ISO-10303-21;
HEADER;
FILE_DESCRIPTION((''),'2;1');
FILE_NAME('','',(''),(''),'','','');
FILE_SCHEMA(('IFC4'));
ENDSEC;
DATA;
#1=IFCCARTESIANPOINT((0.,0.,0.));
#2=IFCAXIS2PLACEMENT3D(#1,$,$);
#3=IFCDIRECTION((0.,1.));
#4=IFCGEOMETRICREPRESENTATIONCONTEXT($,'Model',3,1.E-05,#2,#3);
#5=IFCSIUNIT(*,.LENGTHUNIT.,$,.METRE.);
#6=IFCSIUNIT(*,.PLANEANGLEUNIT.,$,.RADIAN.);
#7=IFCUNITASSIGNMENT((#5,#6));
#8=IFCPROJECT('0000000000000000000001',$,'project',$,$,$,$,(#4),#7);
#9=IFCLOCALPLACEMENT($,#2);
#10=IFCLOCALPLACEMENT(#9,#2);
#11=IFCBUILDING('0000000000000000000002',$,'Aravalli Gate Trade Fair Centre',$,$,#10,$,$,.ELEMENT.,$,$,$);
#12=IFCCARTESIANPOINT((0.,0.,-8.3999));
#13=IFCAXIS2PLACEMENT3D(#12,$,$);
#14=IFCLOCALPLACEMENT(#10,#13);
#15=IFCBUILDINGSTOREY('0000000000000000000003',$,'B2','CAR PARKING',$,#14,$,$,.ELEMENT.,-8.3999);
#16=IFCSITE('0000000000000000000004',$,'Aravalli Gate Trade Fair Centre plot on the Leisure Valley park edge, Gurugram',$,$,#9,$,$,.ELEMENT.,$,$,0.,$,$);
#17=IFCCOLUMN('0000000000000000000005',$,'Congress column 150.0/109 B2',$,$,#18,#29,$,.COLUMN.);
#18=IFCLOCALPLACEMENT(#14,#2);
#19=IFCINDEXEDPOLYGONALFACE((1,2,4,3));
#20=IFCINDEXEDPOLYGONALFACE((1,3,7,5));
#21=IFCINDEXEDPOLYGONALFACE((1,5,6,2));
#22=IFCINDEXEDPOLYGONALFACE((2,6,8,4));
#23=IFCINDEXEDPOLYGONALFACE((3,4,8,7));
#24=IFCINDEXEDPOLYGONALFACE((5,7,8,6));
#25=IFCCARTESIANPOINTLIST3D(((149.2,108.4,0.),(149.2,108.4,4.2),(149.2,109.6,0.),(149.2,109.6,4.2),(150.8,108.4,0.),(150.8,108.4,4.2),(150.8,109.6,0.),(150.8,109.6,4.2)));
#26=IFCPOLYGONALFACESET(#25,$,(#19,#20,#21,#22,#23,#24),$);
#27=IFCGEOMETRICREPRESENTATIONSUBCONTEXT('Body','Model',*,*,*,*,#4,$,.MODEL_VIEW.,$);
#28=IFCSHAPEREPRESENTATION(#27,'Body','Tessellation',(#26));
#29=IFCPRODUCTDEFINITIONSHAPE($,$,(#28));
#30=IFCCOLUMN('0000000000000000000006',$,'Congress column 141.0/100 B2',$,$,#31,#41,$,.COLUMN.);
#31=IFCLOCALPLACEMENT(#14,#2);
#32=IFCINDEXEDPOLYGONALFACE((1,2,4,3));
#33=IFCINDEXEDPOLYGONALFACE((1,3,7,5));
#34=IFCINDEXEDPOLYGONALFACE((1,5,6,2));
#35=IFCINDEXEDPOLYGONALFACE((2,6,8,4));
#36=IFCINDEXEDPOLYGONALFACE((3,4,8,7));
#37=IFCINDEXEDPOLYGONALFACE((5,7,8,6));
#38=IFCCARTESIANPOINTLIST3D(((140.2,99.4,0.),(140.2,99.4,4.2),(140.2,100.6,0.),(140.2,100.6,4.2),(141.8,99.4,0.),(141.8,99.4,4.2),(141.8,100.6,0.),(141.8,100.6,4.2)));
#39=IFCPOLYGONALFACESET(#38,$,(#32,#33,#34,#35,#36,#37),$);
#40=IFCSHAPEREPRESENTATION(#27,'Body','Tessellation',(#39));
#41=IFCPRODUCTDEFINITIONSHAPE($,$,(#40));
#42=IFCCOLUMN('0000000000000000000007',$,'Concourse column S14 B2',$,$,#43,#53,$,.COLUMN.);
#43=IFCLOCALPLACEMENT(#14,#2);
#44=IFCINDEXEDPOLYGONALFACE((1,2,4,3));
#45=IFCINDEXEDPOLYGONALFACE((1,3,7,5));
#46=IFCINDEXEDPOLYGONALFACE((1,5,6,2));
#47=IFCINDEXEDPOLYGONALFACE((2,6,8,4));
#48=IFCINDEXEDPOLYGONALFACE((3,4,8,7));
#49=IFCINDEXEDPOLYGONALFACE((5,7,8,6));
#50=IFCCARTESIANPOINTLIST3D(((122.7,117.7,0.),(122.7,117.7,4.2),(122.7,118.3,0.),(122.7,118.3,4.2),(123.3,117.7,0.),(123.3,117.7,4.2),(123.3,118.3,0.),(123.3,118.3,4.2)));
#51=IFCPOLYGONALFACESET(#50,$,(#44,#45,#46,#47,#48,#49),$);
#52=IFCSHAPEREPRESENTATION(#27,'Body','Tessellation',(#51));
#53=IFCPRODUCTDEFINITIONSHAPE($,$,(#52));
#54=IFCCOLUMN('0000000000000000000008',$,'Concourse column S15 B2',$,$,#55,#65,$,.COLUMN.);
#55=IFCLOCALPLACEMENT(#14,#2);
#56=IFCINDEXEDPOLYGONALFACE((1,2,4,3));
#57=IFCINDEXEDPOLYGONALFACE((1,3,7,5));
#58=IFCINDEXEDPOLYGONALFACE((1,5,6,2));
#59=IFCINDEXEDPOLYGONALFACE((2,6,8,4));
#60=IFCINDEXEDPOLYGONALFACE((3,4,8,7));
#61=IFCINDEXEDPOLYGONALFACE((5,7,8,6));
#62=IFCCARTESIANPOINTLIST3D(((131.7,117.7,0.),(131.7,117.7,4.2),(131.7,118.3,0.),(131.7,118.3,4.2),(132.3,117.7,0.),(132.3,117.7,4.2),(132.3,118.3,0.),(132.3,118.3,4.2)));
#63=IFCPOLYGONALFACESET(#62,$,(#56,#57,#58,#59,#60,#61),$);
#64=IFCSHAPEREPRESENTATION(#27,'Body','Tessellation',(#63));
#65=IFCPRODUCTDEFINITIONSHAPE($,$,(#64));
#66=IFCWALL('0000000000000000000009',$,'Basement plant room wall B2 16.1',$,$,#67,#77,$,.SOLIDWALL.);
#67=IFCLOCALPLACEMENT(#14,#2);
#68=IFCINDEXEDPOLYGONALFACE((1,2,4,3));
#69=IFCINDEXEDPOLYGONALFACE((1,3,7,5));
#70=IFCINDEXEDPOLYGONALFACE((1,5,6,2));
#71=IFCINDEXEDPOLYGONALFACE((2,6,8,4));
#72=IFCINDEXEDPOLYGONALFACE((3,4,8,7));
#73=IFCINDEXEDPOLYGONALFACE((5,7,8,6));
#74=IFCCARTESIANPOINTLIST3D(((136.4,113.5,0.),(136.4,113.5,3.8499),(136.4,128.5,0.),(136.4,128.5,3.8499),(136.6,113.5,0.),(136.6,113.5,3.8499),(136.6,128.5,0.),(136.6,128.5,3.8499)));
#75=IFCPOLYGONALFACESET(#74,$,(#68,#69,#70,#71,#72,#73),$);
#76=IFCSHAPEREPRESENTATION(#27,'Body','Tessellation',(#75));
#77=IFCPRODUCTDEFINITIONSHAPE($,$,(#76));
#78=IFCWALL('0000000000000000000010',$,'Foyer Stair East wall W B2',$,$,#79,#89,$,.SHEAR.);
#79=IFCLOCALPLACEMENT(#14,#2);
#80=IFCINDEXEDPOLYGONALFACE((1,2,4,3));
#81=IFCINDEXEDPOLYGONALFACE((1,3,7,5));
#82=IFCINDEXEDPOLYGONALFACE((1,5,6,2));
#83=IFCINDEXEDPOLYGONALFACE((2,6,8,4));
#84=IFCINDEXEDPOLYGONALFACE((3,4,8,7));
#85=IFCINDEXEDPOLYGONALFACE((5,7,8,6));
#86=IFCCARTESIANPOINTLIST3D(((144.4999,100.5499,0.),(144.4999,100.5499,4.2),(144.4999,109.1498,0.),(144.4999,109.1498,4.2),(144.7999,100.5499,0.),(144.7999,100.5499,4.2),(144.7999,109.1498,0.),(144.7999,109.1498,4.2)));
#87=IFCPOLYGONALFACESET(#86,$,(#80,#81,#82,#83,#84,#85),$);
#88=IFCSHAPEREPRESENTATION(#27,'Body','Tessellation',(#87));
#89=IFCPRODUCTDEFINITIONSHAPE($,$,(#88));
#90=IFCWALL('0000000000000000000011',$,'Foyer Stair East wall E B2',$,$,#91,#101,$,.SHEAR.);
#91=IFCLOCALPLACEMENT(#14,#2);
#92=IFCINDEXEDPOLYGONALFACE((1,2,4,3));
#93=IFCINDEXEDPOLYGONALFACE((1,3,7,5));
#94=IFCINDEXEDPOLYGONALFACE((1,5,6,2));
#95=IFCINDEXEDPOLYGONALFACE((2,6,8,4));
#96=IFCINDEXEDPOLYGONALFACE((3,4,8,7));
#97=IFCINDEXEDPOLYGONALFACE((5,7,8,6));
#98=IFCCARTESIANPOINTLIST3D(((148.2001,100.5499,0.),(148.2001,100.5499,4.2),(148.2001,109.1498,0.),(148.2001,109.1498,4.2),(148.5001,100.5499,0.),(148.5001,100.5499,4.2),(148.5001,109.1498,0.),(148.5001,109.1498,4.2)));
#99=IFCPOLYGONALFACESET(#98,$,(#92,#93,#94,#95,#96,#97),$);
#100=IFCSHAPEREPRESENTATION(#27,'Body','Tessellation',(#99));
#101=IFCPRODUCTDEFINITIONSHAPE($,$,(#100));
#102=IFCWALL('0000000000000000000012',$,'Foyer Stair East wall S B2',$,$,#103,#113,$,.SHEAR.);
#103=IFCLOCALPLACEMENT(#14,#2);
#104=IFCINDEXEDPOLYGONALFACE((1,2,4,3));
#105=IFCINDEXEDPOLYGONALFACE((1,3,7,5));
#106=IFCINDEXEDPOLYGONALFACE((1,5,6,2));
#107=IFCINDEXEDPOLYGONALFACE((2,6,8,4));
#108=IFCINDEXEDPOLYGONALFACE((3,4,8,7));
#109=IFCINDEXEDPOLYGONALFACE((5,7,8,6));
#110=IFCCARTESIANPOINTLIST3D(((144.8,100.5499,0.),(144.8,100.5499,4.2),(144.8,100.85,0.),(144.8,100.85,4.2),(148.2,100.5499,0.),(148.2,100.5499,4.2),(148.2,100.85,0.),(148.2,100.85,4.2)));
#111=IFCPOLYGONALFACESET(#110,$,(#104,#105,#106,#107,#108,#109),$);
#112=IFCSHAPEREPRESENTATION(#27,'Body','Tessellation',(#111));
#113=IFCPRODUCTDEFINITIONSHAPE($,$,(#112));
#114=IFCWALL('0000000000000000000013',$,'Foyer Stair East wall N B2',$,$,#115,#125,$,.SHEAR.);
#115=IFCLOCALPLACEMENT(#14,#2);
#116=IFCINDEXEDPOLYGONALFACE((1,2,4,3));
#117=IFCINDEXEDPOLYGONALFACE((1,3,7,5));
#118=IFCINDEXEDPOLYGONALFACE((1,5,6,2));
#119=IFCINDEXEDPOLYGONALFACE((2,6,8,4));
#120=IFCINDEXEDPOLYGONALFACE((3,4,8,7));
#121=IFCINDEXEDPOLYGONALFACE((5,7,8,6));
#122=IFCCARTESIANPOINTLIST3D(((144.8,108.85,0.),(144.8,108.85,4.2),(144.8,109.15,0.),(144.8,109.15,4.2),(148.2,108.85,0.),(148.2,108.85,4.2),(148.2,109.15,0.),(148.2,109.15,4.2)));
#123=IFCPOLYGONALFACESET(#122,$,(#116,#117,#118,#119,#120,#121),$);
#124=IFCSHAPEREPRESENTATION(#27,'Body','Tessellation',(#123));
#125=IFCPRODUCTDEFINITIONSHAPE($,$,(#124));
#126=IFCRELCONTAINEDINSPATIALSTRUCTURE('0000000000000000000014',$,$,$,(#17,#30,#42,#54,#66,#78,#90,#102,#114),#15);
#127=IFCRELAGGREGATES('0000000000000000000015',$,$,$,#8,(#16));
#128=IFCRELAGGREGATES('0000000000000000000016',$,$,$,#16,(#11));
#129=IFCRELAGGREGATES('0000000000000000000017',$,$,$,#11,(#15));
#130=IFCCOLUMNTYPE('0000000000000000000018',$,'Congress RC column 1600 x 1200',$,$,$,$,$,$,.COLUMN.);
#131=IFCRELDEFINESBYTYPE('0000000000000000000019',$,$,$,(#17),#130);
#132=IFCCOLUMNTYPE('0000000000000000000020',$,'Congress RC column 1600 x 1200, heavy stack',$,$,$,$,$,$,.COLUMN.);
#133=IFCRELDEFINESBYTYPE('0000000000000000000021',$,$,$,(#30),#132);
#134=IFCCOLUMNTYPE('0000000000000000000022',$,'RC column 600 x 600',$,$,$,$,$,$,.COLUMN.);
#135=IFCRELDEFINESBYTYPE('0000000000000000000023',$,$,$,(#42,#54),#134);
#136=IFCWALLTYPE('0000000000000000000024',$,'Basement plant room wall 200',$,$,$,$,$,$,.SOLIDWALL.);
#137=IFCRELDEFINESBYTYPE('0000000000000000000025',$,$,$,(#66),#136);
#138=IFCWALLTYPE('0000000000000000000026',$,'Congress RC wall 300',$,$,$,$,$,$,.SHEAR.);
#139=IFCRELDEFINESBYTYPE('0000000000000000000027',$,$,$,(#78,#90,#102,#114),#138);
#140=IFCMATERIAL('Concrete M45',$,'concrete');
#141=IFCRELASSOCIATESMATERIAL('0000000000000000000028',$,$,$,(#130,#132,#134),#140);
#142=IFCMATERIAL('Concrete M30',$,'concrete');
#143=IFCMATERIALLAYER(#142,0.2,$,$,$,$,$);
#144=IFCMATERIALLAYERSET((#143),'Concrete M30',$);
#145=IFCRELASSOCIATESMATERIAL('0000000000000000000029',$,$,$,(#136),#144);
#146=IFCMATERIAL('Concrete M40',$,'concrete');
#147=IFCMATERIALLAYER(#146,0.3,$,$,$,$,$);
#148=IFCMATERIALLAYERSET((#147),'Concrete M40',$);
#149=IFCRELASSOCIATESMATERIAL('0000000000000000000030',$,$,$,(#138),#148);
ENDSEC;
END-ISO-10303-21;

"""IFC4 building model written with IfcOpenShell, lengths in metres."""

from ifc_helpers import new_model, si_unit, direction, frame, frame_2d, origin, origin_2d, place, context, subcontext, project, spatial, rectangle, extrude, material, layer, layer_set, material_profile, profile_set, type_object, element, save


model = new_model("IFC4")

# Units and contexts
model_context = context("Model", 3, precision=1e-05, world=origin(), true_north=direction((0.0, 1.0)))
body_context = subcontext(model_context, "Body", "Model", "MODEL_VIEW")
ifc_project = project(units=[si_unit("LENGTHUNIT", "METRE"), si_unit("PLANEANGLEUNIT", "RADIAN")], contexts=[model_context])

# Site, building, storey
site_placement = place(None, origin())
site = spatial("IfcSite", under=ifc_project, at=site_placement, Name="Aravalli Gate Trade Fair Centre plot on the Leisure Valley park edge, Gurugram", CompositionType="ELEMENT", RefElevation=0.0)
building_placement = place(site_placement, origin())
building = spatial("IfcBuilding", under=site, at=building_placement, Name="Aravalli Gate Trade Fair Centre", CompositionType="ELEMENT")
storey_placement = place(building_placement, frame((0.0, 0.0, -8.3999)))
storey = spatial("IfcBuildingStorey", under=building, at=storey_placement, Name="B2", Description="CAR PARKING", CompositionType="ELEMENT", Elevation=-8.3999)

# Columns
ifc_material_1 = material(Name="Concrete M45", Category="concrete")
ifc_material_profile_1 = material_profile(ifc_material_1, rectangle(XDim=1.6001, YDim=1.2, at=origin_2d()), Name="RC 1600x1200")
ifc_profile_set_1 = profile_set([ifc_material_profile_1], Name="Concrete M45")
column_type_1 = type_object("IfcColumnType", Name="Congress RC column 1600 x 1200", PredefinedType="COLUMN", material=ifc_profile_set_1)
for number, where, z_axis, x_axis, name in (
    (1, (150.0, 109.0, 0.0), (0.0, 0.0, 1.0), (1.0, 0.0, 0.0), "Congress column 150.0/109 B2"),
):
    element("IfcColumn", number, at=place(storey_placement, frame(where, z_axis=z_axis, x_axis=x_axis)), inside=storey, type_object=column_type_1, Name=name, PredefinedType="COLUMN", context=body_context, shape_type="SweptSolid", body=[
        extrude(rectangle(XDim=1.6001, YDim=1.2, at=origin_2d()), origin(), (0.0, 0.0, 1.0), 4.2),
    ])
ifc_material_profile_2 = material_profile(ifc_material_1, rectangle(XDim=1.6001, YDim=1.2, at=origin_2d()), Name="RC 1600x1200")
ifc_profile_set_2 = profile_set([ifc_material_profile_2], Name="Concrete M45")
column_type_2 = type_object("IfcColumnType", Name="Congress RC column 1600 x 1200, heavy stack", PredefinedType="COLUMN", material=ifc_profile_set_2)
column_placement = place(storey_placement, frame((141.0, 100.0, 0.0), z_axis=(0.0, 0.0, 1.0), x_axis=(1.0, 0.0, 0.0)))
element("IfcColumn", 2, at=column_placement, inside=storey, type_object=column_type_2, Name="Congress column 141.0/100 B2", PredefinedType="COLUMN", context=body_context, shape_type="SweptSolid", body=[
    extrude(rectangle(XDim=1.6001, YDim=1.2, at=origin_2d()), origin(), (0.0, 0.0, 1.0), 4.2),
])
ifc_material_profile_3 = material_profile(ifc_material_1, rectangle(XDim=0.6001, YDim=0.6001, at=origin_2d()), Name="RC column 600 x 600")
ifc_profile_set_3 = profile_set([ifc_material_profile_3], Name="Concrete M45")
column_type_3 = type_object("IfcColumnType", Name="RC column 600 x 600", PredefinedType="COLUMN", material=ifc_profile_set_3)
for number, where, z_axis, x_axis, name in (
    (3, (123.0, 118.0, 0.0), (0.0, 0.0, 1.0), (1.0, 0.0, 0.0), "Concourse column S14 B2"),
    (4, (132.0, 118.0, 0.0), (0.0, 0.0, 1.0), (1.0, 0.0, 0.0), "Concourse column S15 B2"),
):
    element("IfcColumn", number, at=place(storey_placement, frame(where, z_axis=z_axis, x_axis=x_axis)), inside=storey, type_object=column_type_3, Name=name, PredefinedType="COLUMN", context=body_context, shape_type="SweptSolid", body=[
        extrude(rectangle(XDim=0.6001, YDim=0.6001, at=origin_2d()), origin(), (0.0, 0.0, 1.0), 4.2),
    ])

# Walls
ifc_material_2 = material(Name="Concrete M30", Category="concrete")
ifc_layer_1 = layer(ifc_material_2, 0.2)
ifc_layer_set_1 = layer_set([ifc_layer_1], Name="Concrete M30")
wall_type_1 = type_object("IfcWallType", Name="Basement plant room wall 200", PredefinedType="SOLIDWALL", material=ifc_layer_set_1)
wall_placement = place(storey_placement, frame((136.5, 113.5, 0.0), z_axis=(0.0, 0.0, 1.0), x_axis=(0.0, 1.0, 0.0)))
element("IfcWall", 5, at=wall_placement, inside=storey, type_object=wall_type_1, Name="Basement plant room wall B2 16.1", PredefinedType="SOLIDWALL", context=body_context, shape_type="SweptSolid", body=[
    extrude(rectangle(XDim=15.0, YDim=0.2, at=frame_2d((7.5, 0.0))), origin(), (0.0, 0.0, 1.0), 3.8499),
])
ifc_material_3 = material(Name="Concrete M40", Category="concrete")
ifc_layer_2 = layer(ifc_material_3, 0.3)
ifc_layer_set_2 = layer_set([ifc_layer_2], Name="Concrete M40")
wall_type_2 = type_object("IfcWallType", Name="Congress RC wall 300", PredefinedType="SHEAR", material=ifc_layer_set_2)
for number, where, z_axis, x_axis, name in (
    (6, (144.6499, 100.55, 0.0), (0.0, 0.0, 1.0), (0.0, 1.0, 0.0), "Foyer Stair East wall W B2"),
    (7, (148.3501, 100.55, 0.0), (0.0, 0.0, 1.0), (0.0, 1.0, 0.0), "Foyer Stair East wall E B2"),
):
    element("IfcWall", number, at=place(storey_placement, frame(where, z_axis=z_axis, x_axis=x_axis)), inside=storey, type_object=wall_type_2, Name=name, PredefinedType="SHEAR", context=body_context, shape_type="SweptSolid", body=[
        extrude(rectangle(XDim=8.5999, YDim=0.3, at=frame_2d((4.2998, 0.0))), origin(), (0.0, 0.0, 1.0), 4.2),
    ])
for number, where, z_axis, x_axis, name in (
    (8, (144.8, 100.7, 0.0), (0.0, 0.0, 1.0), (1.0, 0.0, 0.0), "Foyer Stair East wall S B2"),
    (9, (144.8, 109.0, 0.0), (0.0, 0.0, 1.0), (1.0, 0.0, 0.0), "Foyer Stair East wall N B2"),
):
    element("IfcWall", number, at=place(storey_placement, frame(where, z_axis=z_axis, x_axis=x_axis)), inside=storey, type_object=wall_type_2, Name=name, PredefinedType="SHEAR", context=body_context, shape_type="SweptSolid", body=[
        extrude(rectangle(XDim=3.3999, YDim=0.3, at=frame_2d((1.7, 0.0))), origin(), (0.0, 0.0, 1.0), 4.2),
    ])

save(model, "model.ifc")
